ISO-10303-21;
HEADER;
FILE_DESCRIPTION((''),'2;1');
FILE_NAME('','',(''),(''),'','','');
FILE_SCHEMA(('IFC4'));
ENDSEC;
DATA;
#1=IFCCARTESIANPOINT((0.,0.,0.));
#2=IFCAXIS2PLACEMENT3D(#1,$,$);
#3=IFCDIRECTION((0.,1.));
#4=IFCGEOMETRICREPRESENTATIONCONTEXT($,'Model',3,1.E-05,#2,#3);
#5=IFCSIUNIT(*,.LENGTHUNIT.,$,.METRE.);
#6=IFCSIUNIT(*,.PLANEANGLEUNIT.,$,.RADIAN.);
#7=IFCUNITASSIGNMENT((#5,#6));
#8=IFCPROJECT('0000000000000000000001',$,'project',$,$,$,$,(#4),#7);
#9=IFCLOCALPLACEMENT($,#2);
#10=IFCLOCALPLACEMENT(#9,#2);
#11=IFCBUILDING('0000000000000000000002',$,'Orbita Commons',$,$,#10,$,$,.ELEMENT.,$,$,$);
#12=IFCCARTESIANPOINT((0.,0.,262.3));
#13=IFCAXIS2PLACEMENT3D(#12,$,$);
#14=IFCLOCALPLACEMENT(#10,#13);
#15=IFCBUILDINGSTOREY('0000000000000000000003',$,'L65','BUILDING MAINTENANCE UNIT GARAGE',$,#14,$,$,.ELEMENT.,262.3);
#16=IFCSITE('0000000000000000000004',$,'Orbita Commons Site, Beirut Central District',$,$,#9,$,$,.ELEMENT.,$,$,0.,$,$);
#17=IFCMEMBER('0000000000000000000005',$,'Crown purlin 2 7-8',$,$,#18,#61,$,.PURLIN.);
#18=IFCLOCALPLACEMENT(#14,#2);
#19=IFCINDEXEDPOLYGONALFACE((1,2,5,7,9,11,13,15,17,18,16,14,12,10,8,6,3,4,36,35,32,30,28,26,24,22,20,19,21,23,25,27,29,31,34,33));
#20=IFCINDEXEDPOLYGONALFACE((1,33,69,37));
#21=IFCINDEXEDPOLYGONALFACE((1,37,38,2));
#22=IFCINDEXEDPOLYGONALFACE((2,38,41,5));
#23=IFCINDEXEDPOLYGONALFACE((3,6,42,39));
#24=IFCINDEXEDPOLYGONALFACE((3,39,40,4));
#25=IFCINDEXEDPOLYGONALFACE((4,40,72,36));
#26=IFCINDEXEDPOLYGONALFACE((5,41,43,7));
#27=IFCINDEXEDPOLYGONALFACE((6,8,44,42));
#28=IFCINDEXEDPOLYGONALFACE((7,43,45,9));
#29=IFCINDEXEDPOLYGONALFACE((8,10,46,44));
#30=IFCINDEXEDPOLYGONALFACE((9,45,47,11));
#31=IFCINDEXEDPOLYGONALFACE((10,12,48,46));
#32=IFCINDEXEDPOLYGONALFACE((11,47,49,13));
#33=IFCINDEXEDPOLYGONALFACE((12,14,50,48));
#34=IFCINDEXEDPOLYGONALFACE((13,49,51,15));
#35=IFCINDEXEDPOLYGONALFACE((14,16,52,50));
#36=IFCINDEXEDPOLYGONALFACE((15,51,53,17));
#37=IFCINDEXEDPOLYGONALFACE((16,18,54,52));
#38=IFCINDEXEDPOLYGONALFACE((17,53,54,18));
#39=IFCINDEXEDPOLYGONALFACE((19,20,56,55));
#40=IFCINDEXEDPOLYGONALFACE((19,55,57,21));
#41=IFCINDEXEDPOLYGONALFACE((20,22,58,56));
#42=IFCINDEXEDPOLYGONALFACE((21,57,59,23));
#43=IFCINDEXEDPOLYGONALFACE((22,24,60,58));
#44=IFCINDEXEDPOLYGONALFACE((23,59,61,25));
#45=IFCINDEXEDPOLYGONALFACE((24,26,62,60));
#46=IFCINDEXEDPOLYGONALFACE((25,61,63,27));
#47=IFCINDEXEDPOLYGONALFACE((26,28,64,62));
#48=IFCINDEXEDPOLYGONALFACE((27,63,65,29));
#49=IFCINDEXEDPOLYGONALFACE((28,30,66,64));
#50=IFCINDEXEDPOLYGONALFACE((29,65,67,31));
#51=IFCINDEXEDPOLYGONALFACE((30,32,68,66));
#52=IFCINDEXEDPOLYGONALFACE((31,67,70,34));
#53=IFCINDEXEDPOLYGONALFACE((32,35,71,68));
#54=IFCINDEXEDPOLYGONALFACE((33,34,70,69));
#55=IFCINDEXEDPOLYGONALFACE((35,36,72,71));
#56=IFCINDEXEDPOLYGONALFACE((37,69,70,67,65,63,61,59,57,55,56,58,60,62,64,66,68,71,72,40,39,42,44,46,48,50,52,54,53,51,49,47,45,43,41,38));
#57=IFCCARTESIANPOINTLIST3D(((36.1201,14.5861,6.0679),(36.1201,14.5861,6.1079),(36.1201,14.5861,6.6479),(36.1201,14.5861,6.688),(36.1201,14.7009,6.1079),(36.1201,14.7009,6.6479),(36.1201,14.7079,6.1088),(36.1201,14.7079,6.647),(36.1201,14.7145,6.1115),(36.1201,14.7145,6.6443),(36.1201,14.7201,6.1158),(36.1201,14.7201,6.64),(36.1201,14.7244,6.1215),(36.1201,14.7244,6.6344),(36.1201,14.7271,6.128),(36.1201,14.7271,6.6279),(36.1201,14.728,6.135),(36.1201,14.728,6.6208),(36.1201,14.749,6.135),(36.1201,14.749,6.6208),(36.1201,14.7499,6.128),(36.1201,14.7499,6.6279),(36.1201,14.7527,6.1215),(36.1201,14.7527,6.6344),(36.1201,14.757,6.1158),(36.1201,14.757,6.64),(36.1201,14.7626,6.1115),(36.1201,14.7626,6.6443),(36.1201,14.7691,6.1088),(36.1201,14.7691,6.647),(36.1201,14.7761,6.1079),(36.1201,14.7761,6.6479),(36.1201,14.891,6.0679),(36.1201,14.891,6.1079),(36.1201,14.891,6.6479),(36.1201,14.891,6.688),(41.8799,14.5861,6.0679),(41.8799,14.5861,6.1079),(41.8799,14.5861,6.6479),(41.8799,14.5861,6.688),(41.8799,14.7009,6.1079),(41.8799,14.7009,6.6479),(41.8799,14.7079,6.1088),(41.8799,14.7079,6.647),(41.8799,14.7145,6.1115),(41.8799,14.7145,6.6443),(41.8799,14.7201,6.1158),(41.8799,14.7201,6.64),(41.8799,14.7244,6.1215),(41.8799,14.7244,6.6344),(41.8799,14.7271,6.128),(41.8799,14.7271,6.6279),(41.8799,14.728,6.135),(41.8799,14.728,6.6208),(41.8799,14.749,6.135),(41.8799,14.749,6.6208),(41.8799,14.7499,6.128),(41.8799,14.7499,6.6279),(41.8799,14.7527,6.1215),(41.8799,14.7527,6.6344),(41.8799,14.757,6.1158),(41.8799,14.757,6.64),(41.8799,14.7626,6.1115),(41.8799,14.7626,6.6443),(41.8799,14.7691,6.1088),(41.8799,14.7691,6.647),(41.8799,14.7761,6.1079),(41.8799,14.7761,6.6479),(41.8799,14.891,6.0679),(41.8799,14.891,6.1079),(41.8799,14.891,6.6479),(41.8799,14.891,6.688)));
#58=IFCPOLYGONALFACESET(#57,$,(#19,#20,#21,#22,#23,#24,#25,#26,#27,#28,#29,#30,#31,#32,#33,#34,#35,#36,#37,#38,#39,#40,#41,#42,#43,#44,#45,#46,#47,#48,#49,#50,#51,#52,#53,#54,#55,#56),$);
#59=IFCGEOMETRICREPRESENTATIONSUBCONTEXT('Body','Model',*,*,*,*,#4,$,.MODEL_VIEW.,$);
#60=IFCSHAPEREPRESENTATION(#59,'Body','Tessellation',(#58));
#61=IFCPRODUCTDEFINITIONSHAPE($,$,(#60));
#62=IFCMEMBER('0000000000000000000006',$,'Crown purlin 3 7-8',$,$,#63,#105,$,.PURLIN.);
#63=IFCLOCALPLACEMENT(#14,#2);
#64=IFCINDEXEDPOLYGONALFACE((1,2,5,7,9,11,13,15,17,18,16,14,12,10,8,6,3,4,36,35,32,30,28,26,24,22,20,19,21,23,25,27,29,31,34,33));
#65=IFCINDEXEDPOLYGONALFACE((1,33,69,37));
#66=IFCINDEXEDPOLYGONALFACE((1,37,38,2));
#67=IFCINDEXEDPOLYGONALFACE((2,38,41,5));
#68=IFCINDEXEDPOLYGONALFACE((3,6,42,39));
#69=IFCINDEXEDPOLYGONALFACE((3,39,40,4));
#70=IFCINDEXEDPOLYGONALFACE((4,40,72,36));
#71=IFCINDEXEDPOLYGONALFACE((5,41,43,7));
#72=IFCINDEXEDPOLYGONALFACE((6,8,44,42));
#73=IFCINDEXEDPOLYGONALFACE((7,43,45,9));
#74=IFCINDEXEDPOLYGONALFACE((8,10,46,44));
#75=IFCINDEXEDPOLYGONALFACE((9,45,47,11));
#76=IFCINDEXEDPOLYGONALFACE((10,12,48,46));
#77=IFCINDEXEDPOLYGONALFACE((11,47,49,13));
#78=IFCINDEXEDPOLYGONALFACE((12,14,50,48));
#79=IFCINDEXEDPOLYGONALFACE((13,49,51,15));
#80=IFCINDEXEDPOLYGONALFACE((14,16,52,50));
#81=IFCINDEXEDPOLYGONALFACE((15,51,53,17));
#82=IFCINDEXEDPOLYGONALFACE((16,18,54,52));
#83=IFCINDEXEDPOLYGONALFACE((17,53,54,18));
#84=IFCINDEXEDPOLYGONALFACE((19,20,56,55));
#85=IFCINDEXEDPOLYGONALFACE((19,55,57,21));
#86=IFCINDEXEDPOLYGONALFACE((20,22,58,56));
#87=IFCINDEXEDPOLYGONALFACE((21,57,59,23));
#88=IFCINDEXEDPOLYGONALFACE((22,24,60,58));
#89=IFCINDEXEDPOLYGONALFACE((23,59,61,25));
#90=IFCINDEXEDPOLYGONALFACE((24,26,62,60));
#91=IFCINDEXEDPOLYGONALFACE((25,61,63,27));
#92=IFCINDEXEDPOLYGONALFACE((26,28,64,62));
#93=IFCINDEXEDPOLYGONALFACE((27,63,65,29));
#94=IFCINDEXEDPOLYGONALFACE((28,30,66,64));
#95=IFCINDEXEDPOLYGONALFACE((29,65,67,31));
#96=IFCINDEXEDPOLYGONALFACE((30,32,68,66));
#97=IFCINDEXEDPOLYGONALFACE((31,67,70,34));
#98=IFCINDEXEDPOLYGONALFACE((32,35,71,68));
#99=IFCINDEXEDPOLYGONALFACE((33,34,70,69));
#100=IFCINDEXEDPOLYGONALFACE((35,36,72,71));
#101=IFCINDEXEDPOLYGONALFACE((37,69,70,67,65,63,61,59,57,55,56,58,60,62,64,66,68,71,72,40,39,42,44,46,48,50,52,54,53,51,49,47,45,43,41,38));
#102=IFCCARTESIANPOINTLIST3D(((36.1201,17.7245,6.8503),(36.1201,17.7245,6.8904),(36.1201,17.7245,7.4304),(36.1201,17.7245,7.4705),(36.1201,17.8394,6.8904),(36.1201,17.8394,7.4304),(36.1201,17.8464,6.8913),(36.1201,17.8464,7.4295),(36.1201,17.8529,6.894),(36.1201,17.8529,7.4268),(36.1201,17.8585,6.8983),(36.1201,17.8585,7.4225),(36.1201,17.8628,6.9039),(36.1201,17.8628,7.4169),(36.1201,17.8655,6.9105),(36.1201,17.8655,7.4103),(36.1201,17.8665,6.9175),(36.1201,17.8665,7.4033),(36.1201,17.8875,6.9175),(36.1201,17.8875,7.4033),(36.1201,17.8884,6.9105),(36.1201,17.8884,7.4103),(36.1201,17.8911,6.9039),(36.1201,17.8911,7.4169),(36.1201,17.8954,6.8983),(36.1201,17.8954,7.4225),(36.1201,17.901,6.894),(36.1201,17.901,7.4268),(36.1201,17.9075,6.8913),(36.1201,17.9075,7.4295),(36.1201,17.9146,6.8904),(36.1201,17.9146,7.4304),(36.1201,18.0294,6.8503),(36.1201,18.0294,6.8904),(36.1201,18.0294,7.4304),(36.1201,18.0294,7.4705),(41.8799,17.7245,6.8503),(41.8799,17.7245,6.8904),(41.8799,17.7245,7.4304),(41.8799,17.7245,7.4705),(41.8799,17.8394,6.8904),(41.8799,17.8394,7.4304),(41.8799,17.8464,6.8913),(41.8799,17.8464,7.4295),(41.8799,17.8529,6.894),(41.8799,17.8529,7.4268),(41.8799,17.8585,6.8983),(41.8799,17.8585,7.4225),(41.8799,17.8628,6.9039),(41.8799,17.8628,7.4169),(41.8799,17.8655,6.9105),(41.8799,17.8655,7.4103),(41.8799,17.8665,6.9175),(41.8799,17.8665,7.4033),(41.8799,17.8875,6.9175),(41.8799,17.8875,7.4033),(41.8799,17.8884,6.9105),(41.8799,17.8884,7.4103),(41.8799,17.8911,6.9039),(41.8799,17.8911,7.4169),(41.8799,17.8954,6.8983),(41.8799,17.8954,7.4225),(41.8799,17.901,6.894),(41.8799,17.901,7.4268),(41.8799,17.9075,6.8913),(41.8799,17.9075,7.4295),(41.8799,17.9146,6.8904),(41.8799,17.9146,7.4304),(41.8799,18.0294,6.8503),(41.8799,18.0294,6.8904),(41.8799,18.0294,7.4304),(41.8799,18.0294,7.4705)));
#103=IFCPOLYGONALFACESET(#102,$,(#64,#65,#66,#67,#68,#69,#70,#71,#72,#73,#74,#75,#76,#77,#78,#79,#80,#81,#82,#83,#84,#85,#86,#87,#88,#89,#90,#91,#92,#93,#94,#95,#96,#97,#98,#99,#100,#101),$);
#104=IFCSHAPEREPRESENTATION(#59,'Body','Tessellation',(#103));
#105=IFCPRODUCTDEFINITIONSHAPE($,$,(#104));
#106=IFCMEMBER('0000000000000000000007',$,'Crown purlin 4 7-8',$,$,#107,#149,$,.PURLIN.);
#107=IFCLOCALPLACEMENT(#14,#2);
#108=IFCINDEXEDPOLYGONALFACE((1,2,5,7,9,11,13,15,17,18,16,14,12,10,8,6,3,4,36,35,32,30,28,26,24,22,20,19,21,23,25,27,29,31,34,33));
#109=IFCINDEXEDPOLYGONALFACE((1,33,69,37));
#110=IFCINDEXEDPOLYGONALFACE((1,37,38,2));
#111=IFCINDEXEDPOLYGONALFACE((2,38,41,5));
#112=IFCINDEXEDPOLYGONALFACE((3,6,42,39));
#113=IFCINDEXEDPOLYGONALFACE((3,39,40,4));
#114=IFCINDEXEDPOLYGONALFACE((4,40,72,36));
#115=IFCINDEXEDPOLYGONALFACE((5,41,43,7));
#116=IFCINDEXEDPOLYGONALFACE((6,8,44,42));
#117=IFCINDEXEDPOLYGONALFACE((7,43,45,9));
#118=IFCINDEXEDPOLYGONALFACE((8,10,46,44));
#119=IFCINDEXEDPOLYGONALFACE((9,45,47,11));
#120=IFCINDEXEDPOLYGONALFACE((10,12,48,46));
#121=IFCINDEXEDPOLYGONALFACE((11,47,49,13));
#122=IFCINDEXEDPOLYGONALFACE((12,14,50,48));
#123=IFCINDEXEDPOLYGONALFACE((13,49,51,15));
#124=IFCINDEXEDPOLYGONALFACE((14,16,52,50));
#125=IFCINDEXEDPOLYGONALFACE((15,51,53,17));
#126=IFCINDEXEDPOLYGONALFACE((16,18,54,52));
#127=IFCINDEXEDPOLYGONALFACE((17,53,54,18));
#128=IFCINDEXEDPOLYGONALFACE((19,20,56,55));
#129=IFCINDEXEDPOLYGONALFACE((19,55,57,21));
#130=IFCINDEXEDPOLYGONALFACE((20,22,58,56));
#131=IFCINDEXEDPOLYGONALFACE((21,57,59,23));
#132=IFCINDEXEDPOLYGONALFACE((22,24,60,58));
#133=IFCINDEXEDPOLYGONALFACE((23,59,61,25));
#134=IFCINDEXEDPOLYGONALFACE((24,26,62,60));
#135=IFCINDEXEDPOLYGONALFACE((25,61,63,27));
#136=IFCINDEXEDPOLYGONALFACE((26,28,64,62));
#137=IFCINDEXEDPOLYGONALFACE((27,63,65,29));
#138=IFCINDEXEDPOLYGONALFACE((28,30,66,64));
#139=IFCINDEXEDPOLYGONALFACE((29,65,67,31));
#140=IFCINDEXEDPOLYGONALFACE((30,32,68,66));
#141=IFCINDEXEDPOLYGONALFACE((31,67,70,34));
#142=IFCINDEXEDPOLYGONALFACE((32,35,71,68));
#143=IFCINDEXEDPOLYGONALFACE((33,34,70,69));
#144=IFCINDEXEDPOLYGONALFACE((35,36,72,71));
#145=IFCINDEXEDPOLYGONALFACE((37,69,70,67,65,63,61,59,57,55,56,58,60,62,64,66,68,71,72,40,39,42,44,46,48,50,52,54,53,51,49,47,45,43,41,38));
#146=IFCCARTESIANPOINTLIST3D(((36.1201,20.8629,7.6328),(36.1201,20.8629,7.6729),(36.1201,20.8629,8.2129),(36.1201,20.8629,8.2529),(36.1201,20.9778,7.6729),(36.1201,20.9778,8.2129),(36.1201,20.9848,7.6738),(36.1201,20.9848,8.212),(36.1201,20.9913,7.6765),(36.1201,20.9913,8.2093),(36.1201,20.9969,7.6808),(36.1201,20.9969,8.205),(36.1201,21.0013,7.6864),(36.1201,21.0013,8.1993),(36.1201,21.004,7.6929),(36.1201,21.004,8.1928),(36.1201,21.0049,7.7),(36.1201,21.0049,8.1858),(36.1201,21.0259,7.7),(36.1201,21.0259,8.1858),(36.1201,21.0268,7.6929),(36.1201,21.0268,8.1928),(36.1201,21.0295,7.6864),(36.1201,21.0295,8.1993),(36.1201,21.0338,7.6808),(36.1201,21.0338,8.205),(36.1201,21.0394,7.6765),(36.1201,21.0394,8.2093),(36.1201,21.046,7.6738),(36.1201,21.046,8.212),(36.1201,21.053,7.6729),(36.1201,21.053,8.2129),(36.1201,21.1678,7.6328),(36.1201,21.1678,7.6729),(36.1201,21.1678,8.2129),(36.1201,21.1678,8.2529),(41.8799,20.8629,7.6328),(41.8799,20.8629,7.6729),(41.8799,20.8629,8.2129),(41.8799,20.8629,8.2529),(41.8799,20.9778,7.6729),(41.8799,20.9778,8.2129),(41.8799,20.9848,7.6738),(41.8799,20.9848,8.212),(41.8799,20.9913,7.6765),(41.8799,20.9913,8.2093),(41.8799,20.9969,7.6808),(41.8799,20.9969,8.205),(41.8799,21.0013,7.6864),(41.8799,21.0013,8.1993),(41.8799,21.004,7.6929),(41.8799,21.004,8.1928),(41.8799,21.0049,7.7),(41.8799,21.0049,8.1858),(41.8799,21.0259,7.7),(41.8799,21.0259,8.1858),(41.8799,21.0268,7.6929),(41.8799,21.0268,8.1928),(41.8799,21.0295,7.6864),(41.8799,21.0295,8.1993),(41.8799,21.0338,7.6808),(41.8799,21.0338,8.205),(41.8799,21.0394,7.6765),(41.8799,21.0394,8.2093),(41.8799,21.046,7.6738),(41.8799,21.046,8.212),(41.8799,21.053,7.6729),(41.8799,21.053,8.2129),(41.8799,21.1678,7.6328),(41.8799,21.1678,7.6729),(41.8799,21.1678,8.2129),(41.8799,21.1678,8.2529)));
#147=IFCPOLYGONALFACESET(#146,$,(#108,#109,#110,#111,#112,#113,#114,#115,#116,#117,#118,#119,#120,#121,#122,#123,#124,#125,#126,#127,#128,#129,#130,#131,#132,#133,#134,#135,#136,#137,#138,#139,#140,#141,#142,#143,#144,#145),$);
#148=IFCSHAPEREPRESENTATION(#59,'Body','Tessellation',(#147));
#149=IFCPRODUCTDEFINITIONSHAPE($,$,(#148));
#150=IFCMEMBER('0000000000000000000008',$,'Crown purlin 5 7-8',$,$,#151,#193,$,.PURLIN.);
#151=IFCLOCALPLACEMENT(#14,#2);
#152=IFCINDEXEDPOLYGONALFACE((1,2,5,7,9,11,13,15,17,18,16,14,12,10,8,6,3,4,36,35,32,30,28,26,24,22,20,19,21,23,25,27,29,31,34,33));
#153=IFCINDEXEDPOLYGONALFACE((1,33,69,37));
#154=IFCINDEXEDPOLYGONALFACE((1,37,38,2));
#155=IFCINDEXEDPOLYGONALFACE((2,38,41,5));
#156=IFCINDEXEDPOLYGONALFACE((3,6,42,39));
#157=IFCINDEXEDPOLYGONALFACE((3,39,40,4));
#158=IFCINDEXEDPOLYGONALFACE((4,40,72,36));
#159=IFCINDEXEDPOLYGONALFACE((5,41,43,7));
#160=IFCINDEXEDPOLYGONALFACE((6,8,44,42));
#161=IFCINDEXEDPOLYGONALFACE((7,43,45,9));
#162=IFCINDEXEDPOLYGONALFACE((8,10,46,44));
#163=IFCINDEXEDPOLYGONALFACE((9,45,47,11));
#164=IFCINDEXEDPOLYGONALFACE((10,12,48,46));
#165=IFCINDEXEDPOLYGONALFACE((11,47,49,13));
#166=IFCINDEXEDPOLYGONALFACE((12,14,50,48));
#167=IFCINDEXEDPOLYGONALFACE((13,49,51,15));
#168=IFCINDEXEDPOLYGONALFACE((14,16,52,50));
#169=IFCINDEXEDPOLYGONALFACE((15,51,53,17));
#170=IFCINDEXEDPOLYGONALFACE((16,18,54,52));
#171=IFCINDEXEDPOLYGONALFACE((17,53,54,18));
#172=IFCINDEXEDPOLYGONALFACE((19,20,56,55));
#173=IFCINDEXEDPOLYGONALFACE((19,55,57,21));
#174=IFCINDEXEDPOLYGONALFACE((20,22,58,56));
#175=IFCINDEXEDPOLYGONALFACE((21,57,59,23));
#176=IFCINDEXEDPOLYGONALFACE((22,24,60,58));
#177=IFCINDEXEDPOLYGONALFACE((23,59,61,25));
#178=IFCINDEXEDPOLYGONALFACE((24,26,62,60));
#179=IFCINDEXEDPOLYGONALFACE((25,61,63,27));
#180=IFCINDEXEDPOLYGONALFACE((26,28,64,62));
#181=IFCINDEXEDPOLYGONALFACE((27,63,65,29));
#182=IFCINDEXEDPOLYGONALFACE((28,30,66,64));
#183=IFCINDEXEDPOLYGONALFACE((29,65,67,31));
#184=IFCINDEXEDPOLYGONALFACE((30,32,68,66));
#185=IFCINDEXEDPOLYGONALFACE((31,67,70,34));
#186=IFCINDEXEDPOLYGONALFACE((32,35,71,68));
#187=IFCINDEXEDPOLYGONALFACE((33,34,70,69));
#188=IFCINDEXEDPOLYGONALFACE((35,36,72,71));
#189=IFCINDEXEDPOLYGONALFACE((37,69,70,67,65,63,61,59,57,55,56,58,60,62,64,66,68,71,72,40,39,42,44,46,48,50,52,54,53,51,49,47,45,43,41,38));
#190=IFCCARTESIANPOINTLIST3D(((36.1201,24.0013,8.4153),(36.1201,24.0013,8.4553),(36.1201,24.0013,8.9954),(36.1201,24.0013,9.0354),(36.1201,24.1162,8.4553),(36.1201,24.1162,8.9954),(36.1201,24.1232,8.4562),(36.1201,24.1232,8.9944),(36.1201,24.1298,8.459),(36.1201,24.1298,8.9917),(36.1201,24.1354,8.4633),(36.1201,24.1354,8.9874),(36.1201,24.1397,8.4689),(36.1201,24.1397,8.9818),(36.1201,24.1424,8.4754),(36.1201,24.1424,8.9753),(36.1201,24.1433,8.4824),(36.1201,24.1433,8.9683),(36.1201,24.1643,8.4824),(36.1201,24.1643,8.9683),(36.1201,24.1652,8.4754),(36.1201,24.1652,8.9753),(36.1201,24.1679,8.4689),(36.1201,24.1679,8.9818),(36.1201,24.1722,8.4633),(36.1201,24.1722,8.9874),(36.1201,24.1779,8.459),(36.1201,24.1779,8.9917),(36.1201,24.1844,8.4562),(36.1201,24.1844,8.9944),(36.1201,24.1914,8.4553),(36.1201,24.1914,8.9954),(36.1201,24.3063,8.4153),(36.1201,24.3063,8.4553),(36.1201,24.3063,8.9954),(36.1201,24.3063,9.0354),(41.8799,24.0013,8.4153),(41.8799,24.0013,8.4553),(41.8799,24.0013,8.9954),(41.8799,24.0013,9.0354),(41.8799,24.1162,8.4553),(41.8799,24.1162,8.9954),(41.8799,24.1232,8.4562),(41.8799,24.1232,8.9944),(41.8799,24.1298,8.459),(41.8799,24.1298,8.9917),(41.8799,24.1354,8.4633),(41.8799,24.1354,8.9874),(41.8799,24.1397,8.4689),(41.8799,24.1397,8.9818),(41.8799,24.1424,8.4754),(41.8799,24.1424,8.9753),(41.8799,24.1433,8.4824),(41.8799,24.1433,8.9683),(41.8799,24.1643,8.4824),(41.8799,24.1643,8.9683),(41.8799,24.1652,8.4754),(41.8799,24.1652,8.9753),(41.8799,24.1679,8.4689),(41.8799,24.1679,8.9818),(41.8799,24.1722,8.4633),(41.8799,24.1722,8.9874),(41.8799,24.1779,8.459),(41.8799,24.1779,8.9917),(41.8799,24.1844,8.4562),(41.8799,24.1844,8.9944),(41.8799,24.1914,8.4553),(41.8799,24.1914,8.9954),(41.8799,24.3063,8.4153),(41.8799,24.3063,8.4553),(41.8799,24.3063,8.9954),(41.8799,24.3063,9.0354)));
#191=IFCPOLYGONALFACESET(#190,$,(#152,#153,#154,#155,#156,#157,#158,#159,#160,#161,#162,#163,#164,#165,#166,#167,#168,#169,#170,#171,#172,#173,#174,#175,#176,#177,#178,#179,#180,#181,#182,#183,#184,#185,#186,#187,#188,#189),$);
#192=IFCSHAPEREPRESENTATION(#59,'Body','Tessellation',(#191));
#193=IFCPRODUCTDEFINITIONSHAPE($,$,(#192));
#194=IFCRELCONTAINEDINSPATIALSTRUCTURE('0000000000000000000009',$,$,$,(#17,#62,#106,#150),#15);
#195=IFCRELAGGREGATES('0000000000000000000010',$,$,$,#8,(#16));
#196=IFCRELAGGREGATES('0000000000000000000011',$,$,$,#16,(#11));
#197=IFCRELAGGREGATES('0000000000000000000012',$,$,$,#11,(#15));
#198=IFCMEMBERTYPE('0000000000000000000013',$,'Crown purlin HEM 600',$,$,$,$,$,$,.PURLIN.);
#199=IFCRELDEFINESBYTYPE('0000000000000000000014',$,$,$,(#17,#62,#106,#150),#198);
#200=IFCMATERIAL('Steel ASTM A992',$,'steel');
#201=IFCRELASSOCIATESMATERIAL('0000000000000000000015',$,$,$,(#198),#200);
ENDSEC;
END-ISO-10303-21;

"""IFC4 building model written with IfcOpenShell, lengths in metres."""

from ifc_helpers import new_model, si_unit, direction, frame, origin, origin_2d, place, context, subcontext, project, spatial, i_section, extrude, material, material_profile, profile_set, type_object, element, save


model = new_model("IFC4")

# Units and contexts
model_context = context("Model", 3, precision=1e-05, world=origin(), true_north=direction((0.0, 1.0)))
body_context = subcontext(model_context, "Body", "Model", "MODEL_VIEW")
ifc_project = project(units=[si_unit("LENGTHUNIT", "METRE"), si_unit("PLANEANGLEUNIT", "RADIAN")], contexts=[model_context])

# Site, building, storey
site_placement = place(None, origin())
site = spatial("IfcSite", under=ifc_project, at=site_placement, Name="Orbita Commons Site, Beirut Central District", CompositionType="ELEMENT", RefElevation=0.0)
building_placement = place(site_placement, origin())
building = spatial("IfcBuilding", under=site, at=building_placement, Name="Orbita Commons", CompositionType="ELEMENT")
storey_placement = place(building_placement, frame((0.0, 0.0, 262.3)))
storey = spatial("IfcBuildingStorey", under=building, at=storey_placement, Name="L65", Description="BUILDING MAINTENANCE UNIT GARAGE", CompositionType="ELEMENT", Elevation=262.3)

# Members
ifc_material_1 = material(Name="Steel ASTM A992", Category="steel")
ifc_material_profile_1 = material_profile(ifc_material_1, i_section(OverallWidth=0.3049, OverallDepth=0.6201, WebThickness=0.021, FlangeThickness=0.04, FilletRadius=0.0271, at=origin_2d()), Name="HEM 600")
ifc_profile_set_1 = profile_set([ifc_material_profile_1], Name="Steel ASTM A992")
member_type_1 = type_object("IfcMemberType", Name="Crown purlin HEM 600", PredefinedType="PURLIN", material=ifc_profile_set_1)
for number, where, z_axis, x_axis, name in (
    (1, (36.1201, 14.7385, 6.3779), (1.0, 0.0, 0.0), (0.0, 1.0, 0.0), "Crown purlin 2 7-8"),
    (2, (36.1201, 17.877, 7.1604), (1.0, 0.0, 0.0), (0.0, 1.0, 0.0), "Crown purlin 3 7-8"),
    (3, (36.1201, 21.0154, 7.9429), (1.0, 0.0, 0.0), (0.0, 1.0, 0.0), "Crown purlin 4 7-8"),
    (4, (36.1201, 24.1538, 8.7253), (1.0, 0.0, 0.0), (0.0, 1.0, 0.0), "Crown purlin 5 7-8"),
):
    element("IfcMember", number, at=place(storey_placement, frame(where, z_axis=z_axis, x_axis=x_axis)), inside=storey, type_object=member_type_1, Name=name, PredefinedType="PURLIN", context=body_context, shape_type="SweptSolid", body=[
        extrude(i_section(OverallWidth=0.3049, OverallDepth=0.6201, WebThickness=0.021, FlangeThickness=0.04, FilletRadius=0.0271, at=origin_2d()), origin(), (0.0, 0.0, 1.0), 5.7598),
    ])

save(model, "model.ifc")
